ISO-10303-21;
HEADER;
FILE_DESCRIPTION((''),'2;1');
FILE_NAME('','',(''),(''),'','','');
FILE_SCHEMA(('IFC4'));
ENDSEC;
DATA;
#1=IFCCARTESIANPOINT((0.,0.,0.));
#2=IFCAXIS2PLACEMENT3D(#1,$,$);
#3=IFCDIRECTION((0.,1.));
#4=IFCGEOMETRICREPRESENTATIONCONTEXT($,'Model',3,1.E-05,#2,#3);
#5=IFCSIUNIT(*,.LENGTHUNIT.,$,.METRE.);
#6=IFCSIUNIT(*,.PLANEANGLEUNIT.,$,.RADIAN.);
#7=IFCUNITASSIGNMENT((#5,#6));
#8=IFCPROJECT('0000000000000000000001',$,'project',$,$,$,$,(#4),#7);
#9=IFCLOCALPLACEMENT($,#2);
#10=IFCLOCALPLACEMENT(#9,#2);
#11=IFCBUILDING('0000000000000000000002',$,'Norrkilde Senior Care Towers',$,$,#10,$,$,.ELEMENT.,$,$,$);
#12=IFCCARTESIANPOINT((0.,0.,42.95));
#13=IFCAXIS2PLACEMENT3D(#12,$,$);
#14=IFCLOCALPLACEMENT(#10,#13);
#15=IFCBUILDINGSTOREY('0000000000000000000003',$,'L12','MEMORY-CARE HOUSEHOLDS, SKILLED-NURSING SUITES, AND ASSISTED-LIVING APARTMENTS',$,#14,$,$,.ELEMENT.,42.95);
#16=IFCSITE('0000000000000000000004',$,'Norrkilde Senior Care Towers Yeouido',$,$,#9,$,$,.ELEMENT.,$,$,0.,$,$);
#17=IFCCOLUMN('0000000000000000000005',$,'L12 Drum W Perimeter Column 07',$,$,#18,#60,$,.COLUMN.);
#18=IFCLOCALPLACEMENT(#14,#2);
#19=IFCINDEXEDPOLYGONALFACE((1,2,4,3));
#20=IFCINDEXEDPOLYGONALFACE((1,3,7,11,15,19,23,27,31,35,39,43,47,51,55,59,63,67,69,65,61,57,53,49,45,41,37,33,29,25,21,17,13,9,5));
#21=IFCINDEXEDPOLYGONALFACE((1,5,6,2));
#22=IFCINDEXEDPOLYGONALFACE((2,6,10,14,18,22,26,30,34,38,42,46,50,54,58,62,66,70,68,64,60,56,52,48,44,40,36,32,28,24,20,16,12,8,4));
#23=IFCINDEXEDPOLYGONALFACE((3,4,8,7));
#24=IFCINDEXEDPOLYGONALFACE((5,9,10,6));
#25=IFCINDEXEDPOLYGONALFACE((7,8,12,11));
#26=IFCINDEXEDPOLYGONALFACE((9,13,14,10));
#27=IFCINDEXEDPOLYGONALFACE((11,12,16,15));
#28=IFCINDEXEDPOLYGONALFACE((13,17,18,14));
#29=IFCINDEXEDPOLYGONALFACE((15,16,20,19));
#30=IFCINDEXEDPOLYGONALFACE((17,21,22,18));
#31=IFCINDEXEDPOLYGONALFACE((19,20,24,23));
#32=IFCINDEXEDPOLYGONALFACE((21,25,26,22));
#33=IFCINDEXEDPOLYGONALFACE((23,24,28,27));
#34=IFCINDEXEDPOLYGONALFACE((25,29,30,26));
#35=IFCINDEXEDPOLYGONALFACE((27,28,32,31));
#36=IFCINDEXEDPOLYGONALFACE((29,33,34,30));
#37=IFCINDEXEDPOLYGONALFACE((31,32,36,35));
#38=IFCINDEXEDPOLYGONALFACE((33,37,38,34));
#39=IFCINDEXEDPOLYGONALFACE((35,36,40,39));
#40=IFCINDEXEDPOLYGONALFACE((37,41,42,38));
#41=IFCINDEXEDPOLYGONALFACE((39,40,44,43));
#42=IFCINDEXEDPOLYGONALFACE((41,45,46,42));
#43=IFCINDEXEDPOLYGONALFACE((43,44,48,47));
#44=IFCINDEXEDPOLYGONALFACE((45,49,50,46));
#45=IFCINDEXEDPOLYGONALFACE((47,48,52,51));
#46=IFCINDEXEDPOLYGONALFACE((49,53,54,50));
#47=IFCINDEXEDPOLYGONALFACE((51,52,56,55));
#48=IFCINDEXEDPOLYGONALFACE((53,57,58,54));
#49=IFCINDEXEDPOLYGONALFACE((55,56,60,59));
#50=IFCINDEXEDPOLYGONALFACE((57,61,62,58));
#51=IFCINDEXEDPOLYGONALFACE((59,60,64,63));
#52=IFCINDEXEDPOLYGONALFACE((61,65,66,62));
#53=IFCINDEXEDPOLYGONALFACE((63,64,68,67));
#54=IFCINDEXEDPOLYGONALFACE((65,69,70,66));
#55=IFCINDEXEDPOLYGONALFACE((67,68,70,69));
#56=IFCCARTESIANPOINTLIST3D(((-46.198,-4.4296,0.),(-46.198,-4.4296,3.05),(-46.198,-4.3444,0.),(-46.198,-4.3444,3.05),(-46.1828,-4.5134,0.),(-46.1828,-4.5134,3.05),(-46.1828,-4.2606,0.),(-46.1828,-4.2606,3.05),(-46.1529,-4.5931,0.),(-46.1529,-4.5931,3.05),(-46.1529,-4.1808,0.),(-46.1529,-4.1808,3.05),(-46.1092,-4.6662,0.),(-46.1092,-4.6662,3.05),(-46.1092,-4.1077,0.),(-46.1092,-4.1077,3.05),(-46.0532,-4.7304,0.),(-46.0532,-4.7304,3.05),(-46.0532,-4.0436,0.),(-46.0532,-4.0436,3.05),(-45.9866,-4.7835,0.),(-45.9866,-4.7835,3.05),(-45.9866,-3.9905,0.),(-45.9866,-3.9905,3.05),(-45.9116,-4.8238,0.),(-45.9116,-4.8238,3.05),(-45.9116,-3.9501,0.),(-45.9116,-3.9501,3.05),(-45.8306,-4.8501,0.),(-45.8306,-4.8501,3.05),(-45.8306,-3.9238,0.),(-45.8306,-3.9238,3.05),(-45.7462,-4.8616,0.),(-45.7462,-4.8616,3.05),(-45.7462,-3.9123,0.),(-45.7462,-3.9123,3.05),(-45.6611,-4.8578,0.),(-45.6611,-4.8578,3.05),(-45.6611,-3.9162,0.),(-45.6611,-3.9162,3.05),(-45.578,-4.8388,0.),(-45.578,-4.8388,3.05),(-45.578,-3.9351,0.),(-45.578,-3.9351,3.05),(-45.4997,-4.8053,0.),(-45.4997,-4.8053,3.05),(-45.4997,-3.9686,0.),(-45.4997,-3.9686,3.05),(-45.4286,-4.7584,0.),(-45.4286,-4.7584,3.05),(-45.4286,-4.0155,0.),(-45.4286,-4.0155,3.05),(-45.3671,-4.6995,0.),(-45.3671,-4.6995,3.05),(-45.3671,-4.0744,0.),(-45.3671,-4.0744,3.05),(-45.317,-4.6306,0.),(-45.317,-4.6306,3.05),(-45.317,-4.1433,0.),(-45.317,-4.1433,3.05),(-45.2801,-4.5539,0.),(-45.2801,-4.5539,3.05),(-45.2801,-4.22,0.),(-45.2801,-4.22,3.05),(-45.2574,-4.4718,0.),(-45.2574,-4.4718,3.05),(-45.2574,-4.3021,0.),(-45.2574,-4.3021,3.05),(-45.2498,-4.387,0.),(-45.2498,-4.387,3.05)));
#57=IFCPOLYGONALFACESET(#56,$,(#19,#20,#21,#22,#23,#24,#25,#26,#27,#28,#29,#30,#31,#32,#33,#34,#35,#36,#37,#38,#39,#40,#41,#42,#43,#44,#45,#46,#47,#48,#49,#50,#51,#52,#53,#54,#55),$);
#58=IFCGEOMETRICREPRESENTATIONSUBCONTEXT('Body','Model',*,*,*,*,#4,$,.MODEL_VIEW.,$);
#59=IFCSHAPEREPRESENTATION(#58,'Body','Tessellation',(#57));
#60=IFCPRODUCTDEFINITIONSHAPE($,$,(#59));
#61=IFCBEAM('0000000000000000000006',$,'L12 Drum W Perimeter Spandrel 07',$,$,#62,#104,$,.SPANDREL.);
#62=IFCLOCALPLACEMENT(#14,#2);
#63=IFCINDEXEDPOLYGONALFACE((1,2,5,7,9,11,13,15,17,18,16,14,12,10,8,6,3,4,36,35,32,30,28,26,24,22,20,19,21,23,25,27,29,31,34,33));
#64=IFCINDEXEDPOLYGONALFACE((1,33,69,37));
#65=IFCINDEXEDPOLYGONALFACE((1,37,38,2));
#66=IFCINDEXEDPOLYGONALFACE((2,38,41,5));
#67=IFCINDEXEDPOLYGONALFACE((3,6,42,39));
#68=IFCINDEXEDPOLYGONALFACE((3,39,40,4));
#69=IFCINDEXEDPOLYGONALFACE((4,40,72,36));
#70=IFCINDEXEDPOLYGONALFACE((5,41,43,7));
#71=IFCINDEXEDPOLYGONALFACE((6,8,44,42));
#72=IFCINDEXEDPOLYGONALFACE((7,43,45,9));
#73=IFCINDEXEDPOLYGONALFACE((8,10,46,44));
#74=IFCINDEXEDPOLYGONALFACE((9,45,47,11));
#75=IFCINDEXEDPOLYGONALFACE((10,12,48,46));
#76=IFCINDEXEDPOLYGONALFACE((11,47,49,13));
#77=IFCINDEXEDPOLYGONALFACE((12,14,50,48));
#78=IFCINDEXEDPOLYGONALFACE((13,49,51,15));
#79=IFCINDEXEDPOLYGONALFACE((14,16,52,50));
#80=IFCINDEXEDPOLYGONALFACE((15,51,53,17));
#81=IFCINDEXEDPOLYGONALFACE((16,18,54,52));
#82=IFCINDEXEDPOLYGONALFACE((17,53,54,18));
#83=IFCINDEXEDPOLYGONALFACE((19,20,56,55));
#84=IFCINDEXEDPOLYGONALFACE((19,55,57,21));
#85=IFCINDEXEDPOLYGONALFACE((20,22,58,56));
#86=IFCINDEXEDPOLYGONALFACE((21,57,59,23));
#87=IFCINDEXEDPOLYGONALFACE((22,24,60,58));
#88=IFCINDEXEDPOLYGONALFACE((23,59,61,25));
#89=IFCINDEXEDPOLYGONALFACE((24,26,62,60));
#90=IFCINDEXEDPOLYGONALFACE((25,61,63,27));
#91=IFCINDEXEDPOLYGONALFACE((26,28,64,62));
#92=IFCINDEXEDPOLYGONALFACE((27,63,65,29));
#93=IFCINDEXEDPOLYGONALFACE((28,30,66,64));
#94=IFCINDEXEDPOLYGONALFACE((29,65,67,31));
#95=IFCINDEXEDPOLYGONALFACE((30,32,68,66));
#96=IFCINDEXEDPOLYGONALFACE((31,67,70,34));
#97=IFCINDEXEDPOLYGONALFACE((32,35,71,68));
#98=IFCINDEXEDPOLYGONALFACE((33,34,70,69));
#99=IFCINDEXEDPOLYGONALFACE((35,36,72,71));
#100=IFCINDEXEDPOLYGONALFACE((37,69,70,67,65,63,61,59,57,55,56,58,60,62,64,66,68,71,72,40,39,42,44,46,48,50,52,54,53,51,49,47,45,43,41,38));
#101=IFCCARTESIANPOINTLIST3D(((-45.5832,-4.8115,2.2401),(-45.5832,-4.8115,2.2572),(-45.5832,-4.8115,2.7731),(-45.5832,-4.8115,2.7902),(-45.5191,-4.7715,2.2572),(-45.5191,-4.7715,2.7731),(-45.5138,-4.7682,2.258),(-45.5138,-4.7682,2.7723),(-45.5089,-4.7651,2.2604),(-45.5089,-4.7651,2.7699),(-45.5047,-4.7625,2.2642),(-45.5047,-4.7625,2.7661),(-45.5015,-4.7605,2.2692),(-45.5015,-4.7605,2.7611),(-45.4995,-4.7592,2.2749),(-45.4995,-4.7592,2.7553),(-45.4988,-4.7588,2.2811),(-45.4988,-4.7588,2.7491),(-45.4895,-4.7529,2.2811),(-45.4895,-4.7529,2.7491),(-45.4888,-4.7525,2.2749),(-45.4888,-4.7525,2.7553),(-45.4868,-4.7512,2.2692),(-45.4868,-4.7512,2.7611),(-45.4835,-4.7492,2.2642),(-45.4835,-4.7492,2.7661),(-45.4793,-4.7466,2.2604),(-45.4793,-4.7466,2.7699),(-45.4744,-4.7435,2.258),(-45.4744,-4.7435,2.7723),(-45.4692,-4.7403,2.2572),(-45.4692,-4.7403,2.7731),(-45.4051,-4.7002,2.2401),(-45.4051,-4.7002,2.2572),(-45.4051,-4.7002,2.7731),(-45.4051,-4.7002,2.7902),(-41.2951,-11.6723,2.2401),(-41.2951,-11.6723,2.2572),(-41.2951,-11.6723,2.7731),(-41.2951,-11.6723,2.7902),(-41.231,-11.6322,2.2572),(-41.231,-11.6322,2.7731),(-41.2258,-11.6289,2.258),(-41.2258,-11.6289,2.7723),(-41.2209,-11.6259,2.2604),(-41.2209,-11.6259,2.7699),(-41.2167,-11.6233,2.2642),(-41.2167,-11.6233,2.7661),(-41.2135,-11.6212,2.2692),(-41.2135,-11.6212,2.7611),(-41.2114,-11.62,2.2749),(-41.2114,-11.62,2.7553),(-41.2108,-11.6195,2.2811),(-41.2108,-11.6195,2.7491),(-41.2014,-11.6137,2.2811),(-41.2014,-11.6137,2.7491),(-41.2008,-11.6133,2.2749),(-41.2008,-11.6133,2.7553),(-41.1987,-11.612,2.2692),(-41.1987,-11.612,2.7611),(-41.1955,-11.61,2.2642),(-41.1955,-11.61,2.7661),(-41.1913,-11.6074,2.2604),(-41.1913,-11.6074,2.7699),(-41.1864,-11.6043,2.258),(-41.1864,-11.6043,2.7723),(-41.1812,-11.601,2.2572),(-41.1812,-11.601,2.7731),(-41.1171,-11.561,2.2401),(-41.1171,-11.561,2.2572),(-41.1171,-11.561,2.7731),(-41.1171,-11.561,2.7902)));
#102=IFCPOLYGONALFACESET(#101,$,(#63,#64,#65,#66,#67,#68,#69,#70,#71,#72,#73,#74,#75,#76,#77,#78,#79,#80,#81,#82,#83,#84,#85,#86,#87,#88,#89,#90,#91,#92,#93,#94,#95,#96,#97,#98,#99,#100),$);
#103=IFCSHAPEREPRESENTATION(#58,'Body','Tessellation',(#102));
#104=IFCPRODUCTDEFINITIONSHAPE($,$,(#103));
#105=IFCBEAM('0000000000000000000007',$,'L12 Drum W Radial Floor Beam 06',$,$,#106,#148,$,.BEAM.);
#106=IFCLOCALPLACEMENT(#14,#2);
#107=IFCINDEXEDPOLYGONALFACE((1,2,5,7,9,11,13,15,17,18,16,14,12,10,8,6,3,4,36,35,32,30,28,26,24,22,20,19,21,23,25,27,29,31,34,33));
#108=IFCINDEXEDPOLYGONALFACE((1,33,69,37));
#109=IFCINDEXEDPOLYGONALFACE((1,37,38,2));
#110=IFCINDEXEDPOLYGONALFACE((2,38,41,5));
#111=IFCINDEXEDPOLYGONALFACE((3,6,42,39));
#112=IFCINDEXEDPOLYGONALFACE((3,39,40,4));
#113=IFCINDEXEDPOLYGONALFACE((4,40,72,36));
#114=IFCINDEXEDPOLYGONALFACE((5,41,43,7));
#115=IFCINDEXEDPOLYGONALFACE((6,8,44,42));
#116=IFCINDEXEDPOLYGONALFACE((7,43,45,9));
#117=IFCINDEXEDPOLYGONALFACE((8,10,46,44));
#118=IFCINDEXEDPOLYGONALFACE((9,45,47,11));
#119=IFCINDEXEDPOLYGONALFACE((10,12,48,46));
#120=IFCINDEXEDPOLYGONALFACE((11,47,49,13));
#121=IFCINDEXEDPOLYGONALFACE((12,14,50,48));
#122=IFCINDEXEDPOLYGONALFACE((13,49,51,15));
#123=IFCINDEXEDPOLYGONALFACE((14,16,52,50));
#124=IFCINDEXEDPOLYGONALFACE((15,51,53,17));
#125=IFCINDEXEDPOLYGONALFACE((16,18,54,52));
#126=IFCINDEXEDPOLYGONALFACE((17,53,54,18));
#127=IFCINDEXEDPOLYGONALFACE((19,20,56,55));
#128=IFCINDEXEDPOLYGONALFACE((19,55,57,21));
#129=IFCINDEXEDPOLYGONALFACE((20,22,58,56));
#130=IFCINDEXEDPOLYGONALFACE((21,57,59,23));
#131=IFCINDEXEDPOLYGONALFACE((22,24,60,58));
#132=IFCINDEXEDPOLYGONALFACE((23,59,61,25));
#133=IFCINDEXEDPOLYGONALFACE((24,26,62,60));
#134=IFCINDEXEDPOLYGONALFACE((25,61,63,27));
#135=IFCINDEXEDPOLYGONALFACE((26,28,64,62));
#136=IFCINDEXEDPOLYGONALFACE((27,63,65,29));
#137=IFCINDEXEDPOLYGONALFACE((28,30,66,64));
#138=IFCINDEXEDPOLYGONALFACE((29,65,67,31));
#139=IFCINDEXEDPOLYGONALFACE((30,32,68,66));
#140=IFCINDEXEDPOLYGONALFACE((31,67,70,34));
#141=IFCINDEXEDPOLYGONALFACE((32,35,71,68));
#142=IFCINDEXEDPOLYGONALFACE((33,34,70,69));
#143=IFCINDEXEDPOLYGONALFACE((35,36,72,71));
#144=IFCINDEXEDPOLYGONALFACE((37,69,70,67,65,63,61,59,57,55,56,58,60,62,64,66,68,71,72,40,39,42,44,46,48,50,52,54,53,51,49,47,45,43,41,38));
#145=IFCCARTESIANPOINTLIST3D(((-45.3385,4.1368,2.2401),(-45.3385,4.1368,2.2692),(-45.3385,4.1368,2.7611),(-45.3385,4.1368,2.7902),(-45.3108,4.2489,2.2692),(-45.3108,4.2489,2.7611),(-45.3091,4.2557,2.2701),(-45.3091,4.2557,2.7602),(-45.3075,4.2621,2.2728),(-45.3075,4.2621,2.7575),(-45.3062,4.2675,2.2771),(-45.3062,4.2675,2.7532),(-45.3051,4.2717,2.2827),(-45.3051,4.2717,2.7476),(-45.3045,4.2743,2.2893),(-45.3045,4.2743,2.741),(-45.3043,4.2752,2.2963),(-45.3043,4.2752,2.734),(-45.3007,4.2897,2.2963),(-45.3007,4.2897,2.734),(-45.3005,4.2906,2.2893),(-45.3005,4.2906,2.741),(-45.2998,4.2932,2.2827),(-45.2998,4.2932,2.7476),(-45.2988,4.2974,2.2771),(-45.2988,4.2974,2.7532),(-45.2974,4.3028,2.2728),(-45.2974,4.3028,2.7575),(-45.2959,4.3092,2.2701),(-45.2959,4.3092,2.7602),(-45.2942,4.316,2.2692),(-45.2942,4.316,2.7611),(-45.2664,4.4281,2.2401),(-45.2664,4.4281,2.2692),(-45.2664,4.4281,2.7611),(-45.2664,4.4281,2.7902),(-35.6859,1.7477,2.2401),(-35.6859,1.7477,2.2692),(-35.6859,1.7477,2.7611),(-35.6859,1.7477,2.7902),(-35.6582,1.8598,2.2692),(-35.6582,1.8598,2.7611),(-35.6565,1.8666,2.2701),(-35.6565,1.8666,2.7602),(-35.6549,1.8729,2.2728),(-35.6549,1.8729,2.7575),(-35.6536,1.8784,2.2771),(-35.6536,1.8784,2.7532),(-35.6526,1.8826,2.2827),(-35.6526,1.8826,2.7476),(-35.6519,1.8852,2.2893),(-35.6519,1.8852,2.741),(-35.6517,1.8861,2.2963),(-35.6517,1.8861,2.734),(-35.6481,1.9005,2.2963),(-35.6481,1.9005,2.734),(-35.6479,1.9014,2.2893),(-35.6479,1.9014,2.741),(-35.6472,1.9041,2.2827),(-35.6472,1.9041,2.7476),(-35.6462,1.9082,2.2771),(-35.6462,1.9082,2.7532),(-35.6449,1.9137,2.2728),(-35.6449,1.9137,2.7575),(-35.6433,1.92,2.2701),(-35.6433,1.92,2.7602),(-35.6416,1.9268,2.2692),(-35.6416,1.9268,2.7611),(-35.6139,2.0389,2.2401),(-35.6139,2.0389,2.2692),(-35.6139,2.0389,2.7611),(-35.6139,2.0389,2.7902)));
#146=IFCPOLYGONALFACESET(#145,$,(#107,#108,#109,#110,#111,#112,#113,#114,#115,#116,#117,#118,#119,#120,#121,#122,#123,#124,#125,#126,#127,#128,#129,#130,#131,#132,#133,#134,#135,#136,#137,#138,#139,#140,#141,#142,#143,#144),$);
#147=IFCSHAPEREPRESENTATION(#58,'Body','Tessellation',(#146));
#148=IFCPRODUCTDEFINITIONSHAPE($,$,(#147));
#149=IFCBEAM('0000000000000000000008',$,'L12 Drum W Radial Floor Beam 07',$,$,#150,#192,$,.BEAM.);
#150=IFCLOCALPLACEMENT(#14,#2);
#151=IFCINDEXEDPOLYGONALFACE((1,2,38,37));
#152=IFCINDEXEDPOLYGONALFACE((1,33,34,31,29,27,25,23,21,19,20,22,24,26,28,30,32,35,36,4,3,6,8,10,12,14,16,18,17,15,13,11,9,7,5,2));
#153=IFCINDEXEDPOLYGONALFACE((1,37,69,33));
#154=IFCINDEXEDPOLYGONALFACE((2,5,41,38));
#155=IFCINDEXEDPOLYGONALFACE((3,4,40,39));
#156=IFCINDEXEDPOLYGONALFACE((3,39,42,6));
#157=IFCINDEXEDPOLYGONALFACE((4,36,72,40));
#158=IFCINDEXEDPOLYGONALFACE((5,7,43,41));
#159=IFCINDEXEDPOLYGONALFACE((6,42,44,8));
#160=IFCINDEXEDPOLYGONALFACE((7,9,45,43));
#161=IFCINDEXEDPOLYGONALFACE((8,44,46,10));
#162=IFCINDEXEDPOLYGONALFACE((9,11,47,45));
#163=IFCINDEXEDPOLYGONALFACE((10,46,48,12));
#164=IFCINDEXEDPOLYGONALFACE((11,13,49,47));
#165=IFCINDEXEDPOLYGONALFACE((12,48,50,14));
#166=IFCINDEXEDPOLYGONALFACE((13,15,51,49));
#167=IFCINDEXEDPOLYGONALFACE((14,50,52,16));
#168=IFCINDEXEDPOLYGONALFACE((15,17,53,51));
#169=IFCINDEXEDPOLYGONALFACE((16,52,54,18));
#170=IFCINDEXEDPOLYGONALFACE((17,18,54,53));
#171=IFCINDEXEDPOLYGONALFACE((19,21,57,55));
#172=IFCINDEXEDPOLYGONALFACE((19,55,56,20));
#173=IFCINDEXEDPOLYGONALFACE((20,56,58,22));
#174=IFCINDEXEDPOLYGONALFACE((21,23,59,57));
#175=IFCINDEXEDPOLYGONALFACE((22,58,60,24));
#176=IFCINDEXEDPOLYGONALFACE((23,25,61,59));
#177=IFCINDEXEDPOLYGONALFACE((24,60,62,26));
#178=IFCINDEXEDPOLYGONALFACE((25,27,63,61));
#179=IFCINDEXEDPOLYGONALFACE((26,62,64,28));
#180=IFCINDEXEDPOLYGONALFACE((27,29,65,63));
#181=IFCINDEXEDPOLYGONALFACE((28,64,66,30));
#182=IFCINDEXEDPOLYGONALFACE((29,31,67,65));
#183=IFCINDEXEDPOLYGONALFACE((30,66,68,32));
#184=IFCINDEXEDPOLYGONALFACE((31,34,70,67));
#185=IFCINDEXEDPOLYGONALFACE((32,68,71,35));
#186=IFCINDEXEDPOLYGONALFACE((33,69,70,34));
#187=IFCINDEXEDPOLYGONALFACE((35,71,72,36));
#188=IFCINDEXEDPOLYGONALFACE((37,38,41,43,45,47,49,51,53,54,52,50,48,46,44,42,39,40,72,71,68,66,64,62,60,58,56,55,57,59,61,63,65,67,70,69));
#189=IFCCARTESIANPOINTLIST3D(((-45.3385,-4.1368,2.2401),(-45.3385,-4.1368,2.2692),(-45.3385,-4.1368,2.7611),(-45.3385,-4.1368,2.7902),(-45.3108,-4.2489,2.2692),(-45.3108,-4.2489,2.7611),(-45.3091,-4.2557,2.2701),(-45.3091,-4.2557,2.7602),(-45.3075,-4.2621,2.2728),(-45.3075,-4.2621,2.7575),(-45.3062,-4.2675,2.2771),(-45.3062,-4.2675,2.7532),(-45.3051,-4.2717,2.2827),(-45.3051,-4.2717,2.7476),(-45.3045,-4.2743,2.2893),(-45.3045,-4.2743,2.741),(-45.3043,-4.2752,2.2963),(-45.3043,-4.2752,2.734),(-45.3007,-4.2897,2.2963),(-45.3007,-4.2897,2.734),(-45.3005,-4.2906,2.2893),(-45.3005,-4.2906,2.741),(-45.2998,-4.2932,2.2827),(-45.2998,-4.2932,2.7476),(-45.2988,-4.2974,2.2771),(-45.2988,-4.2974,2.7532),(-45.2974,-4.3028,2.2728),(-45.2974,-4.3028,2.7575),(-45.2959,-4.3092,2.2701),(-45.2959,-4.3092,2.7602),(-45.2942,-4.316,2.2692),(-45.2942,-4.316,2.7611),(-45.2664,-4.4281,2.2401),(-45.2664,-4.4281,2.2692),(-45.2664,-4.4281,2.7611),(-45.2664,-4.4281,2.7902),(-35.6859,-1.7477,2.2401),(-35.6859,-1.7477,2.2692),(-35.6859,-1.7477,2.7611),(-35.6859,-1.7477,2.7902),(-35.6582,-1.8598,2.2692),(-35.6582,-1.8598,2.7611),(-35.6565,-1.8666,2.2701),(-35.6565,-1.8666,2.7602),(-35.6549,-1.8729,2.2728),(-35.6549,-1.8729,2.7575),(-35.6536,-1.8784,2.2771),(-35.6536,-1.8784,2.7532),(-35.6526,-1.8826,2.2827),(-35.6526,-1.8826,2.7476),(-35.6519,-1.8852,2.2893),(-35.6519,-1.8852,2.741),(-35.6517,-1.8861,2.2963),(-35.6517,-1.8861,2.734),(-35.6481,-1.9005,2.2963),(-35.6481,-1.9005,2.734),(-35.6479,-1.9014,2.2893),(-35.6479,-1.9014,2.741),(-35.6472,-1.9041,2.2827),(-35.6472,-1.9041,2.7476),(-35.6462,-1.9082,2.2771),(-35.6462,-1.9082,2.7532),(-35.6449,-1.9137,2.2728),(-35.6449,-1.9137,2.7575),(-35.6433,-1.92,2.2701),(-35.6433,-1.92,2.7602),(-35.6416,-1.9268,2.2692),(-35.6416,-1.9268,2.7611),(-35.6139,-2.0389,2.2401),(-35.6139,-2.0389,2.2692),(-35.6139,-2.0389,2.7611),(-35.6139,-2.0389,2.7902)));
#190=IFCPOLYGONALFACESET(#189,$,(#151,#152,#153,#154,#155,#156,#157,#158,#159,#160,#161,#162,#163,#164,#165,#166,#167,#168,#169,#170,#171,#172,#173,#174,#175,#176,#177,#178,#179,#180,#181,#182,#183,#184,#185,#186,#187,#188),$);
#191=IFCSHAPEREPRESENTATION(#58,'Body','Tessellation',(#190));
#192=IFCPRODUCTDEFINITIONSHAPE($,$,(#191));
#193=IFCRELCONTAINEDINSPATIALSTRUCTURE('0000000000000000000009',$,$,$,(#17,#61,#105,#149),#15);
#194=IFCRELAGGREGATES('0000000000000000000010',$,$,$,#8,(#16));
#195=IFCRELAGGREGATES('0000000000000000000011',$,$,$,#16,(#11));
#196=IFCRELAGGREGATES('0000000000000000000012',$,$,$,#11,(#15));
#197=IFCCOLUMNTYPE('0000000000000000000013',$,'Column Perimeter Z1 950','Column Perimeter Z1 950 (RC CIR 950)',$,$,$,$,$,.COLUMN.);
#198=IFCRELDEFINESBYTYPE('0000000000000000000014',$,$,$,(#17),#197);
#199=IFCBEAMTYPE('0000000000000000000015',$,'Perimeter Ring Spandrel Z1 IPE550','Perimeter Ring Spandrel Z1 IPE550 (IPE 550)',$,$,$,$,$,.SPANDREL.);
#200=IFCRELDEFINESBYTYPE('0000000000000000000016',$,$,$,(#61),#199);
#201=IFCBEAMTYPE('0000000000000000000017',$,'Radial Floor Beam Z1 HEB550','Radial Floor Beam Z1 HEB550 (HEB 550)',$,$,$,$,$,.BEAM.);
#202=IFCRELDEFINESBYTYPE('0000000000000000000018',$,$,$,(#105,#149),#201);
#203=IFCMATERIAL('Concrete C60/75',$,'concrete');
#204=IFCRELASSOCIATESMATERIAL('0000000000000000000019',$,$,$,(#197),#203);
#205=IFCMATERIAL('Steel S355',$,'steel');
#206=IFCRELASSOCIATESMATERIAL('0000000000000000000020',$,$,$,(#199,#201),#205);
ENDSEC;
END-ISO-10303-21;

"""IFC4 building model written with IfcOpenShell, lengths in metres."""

from ifc_helpers import new_model, si_unit, direction, frame, origin, origin_2d, place, context, subcontext, project, spatial, circle, i_section, extrude, source, transform, mapped, material, material_profile, profile_set, type_object, type_shapes, element, save


model = new_model("IFC4")

# Units and contexts
model_context = context("Model", 3, precision=1e-05, world=origin(), true_north=direction((0.0, 1.0)))
body_context = subcontext(model_context, "Body", "Model", "MODEL_VIEW")
ifc_project = project(units=[si_unit("LENGTHUNIT", "METRE"), si_unit("PLANEANGLEUNIT", "RADIAN")], contexts=[model_context])

# Site, building, storey
site_placement = place(None, origin())
site = spatial("IfcSite", under=ifc_project, at=site_placement, Name="Norrkilde Senior Care Towers Yeouido", CompositionType="ELEMENT", RefElevation=0.0)
building_placement = place(site_placement, origin())
building = spatial("IfcBuilding", under=site, at=building_placement, Name="Norrkilde Senior Care Towers", CompositionType="ELEMENT")
storey_placement = place(building_placement, frame((0.0, 0.0, 42.95)))
storey = spatial("IfcBuildingStorey", under=building, at=storey_placement, Name="L12", Description="MEMORY-CARE HOUSEHOLDS, SKILLED-NURSING SUITES, AND ASSISTED-LIVING APARTMENTS", CompositionType="ELEMENT", Elevation=42.95)

# Column
ifc_material_1 = material(Name="Concrete C60/75", Category="concrete")
ifc_material_profile_1 = material_profile(ifc_material_1, circle(Radius=0.4751, at=origin_2d()), Name="RC CIR 950")
ifc_profile_set_1 = profile_set([ifc_material_profile_1], Name="Concrete C60/75")
column_type = type_object("IfcColumnType", Name="Column Perimeter Z1 950", Description="Column Perimeter Z1 950 (RC CIR 950)", PredefinedType="COLUMN", material=ifc_profile_set_1)
shared_shape_1 = source(origin(), body_context, "Body", "SweptSolid", [
    extrude(circle(Radius=0.4751, at=origin_2d()), origin(), (0.0, 0.0, 1.0), 3.05),
])
type_shapes(column_type, [shared_shape_1])
column_placement = place(storey_placement, frame((-45.7249, -4.387, 0.0), z_axis=(0.0, 0.0, 1.0), x_axis=(1.0, 0.0, 0.0)))
element("IfcColumn", 1, at=column_placement, inside=storey, type_object=column_type, Name="L12 Drum W Perimeter Column 07", PredefinedType="COLUMN", context=body_context, shape_type="MappedRepresentation", body=[
    mapped(shared_shape_1, transform((0.0, 0.0, 0.0), x_axis=(1.0, 0.0, 0.0), y_axis=(0.0, 1.0, 0.0), z_axis=(0.0, 0.0, 1.0), scale=1.0)),
])

# Beams
ifc_material_2 = material(Name="Steel S355", Category="steel")
ifc_material_profile_2 = material_profile(ifc_material_2, i_section(OverallWidth=0.21, OverallDepth=0.55, WebThickness=0.011, FlangeThickness=0.0171, FilletRadius=0.0239, at=origin_2d()), Name="IPE 550")
ifc_profile_set_2 = profile_set([ifc_material_profile_2], Name="Steel S355")
beam_type_1 = type_object("IfcBeamType", Name="Perimeter Ring Spandrel Z1 IPE550", Description="Perimeter Ring Spandrel Z1 IPE550 (IPE 550)", PredefinedType="SPANDREL", material=ifc_profile_set_2)
shared_shape_2 = source(origin(), body_context, "Body", "SweptSolid", [
    extrude(i_section(OverallWidth=0.21, OverallDepth=0.55, WebThickness=0.011, FlangeThickness=0.0171, FilletRadius=0.0239, at=origin_2d()), origin(), (0.0, 0.0, 1.0), 8.0906),
])
type_shapes(beam_type_1, [shared_shape_2])
beam_placement = place(storey_placement, frame((-45.4941, -4.7559, 2.5151), z_axis=(0.530004, -0.847995, 0.0), x_axis=(0.847995, 0.530004, 0.0)))
element("IfcBeam", 2, at=beam_placement, inside=storey, type_object=beam_type_1, Name="L12 Drum W Perimeter Spandrel 07", PredefinedType="SPANDREL", context=body_context, shape_type="MappedRepresentation", body=[
    mapped(shared_shape_2, transform((0.0, 0.0, 0.0), x_axis=(1.0, 0.0, 0.0), y_axis=(0.0, 1.0, 0.0), z_axis=(0.0, 0.0, 1.0), scale=1.0)),
])
ifc_material_profile_3 = material_profile(ifc_material_2, i_section(OverallWidth=0.3, OverallDepth=0.55, WebThickness=0.0149, FlangeThickness=0.0291, FilletRadius=0.0271, at=origin_2d()), Name="HEB 550")
ifc_profile_set_3 = profile_set([ifc_material_profile_3], Name="Steel S355")
beam_type_2 = type_object("IfcBeamType", Name="Radial Floor Beam Z1 HEB550", Description="Radial Floor Beam Z1 HEB550 (HEB 550)", PredefinedType="BEAM", material=ifc_profile_set_3)
shared_shape_3 = source(origin(), body_context, "Body", "SweptSolid", [
    extrude(i_section(OverallWidth=0.3, OverallDepth=0.55, WebThickness=0.0149, FlangeThickness=0.0291, FilletRadius=0.0271, at=origin_2d()), origin(), (0.0, 0.0, 1.0), 9.9438),
])
type_shapes(beam_type_2, [shared_shape_3])
for number, where, z_axis, x_axis, name in (
    (3, (-35.6499, 1.8933, 2.5151), (-0.970707, 0.240265, 0.0), (-0.240265, -0.970707, 0.0), "L12 Drum W Radial Floor Beam 06"),
    (4, (-35.6499, -1.8933, 2.5151), (-0.970707, -0.240265, 0.0), (0.240265, -0.970707, 0.0), "L12 Drum W Radial Floor Beam 07"),
):
    element("IfcBeam", number, at=place(storey_placement, frame(where, z_axis=z_axis, x_axis=x_axis)), inside=storey, type_object=beam_type_2, Name=name, PredefinedType="BEAM", context=body_context, shape_type="MappedRepresentation", body=[
        mapped(shared_shape_3, transform((0.0, 0.0, 0.0), x_axis=(1.0, 0.0, 0.0), y_axis=(0.0, 1.0, 0.0), z_axis=(0.0, 0.0, 1.0), scale=1.0)),
    ])

save(model, "model.ifc")
